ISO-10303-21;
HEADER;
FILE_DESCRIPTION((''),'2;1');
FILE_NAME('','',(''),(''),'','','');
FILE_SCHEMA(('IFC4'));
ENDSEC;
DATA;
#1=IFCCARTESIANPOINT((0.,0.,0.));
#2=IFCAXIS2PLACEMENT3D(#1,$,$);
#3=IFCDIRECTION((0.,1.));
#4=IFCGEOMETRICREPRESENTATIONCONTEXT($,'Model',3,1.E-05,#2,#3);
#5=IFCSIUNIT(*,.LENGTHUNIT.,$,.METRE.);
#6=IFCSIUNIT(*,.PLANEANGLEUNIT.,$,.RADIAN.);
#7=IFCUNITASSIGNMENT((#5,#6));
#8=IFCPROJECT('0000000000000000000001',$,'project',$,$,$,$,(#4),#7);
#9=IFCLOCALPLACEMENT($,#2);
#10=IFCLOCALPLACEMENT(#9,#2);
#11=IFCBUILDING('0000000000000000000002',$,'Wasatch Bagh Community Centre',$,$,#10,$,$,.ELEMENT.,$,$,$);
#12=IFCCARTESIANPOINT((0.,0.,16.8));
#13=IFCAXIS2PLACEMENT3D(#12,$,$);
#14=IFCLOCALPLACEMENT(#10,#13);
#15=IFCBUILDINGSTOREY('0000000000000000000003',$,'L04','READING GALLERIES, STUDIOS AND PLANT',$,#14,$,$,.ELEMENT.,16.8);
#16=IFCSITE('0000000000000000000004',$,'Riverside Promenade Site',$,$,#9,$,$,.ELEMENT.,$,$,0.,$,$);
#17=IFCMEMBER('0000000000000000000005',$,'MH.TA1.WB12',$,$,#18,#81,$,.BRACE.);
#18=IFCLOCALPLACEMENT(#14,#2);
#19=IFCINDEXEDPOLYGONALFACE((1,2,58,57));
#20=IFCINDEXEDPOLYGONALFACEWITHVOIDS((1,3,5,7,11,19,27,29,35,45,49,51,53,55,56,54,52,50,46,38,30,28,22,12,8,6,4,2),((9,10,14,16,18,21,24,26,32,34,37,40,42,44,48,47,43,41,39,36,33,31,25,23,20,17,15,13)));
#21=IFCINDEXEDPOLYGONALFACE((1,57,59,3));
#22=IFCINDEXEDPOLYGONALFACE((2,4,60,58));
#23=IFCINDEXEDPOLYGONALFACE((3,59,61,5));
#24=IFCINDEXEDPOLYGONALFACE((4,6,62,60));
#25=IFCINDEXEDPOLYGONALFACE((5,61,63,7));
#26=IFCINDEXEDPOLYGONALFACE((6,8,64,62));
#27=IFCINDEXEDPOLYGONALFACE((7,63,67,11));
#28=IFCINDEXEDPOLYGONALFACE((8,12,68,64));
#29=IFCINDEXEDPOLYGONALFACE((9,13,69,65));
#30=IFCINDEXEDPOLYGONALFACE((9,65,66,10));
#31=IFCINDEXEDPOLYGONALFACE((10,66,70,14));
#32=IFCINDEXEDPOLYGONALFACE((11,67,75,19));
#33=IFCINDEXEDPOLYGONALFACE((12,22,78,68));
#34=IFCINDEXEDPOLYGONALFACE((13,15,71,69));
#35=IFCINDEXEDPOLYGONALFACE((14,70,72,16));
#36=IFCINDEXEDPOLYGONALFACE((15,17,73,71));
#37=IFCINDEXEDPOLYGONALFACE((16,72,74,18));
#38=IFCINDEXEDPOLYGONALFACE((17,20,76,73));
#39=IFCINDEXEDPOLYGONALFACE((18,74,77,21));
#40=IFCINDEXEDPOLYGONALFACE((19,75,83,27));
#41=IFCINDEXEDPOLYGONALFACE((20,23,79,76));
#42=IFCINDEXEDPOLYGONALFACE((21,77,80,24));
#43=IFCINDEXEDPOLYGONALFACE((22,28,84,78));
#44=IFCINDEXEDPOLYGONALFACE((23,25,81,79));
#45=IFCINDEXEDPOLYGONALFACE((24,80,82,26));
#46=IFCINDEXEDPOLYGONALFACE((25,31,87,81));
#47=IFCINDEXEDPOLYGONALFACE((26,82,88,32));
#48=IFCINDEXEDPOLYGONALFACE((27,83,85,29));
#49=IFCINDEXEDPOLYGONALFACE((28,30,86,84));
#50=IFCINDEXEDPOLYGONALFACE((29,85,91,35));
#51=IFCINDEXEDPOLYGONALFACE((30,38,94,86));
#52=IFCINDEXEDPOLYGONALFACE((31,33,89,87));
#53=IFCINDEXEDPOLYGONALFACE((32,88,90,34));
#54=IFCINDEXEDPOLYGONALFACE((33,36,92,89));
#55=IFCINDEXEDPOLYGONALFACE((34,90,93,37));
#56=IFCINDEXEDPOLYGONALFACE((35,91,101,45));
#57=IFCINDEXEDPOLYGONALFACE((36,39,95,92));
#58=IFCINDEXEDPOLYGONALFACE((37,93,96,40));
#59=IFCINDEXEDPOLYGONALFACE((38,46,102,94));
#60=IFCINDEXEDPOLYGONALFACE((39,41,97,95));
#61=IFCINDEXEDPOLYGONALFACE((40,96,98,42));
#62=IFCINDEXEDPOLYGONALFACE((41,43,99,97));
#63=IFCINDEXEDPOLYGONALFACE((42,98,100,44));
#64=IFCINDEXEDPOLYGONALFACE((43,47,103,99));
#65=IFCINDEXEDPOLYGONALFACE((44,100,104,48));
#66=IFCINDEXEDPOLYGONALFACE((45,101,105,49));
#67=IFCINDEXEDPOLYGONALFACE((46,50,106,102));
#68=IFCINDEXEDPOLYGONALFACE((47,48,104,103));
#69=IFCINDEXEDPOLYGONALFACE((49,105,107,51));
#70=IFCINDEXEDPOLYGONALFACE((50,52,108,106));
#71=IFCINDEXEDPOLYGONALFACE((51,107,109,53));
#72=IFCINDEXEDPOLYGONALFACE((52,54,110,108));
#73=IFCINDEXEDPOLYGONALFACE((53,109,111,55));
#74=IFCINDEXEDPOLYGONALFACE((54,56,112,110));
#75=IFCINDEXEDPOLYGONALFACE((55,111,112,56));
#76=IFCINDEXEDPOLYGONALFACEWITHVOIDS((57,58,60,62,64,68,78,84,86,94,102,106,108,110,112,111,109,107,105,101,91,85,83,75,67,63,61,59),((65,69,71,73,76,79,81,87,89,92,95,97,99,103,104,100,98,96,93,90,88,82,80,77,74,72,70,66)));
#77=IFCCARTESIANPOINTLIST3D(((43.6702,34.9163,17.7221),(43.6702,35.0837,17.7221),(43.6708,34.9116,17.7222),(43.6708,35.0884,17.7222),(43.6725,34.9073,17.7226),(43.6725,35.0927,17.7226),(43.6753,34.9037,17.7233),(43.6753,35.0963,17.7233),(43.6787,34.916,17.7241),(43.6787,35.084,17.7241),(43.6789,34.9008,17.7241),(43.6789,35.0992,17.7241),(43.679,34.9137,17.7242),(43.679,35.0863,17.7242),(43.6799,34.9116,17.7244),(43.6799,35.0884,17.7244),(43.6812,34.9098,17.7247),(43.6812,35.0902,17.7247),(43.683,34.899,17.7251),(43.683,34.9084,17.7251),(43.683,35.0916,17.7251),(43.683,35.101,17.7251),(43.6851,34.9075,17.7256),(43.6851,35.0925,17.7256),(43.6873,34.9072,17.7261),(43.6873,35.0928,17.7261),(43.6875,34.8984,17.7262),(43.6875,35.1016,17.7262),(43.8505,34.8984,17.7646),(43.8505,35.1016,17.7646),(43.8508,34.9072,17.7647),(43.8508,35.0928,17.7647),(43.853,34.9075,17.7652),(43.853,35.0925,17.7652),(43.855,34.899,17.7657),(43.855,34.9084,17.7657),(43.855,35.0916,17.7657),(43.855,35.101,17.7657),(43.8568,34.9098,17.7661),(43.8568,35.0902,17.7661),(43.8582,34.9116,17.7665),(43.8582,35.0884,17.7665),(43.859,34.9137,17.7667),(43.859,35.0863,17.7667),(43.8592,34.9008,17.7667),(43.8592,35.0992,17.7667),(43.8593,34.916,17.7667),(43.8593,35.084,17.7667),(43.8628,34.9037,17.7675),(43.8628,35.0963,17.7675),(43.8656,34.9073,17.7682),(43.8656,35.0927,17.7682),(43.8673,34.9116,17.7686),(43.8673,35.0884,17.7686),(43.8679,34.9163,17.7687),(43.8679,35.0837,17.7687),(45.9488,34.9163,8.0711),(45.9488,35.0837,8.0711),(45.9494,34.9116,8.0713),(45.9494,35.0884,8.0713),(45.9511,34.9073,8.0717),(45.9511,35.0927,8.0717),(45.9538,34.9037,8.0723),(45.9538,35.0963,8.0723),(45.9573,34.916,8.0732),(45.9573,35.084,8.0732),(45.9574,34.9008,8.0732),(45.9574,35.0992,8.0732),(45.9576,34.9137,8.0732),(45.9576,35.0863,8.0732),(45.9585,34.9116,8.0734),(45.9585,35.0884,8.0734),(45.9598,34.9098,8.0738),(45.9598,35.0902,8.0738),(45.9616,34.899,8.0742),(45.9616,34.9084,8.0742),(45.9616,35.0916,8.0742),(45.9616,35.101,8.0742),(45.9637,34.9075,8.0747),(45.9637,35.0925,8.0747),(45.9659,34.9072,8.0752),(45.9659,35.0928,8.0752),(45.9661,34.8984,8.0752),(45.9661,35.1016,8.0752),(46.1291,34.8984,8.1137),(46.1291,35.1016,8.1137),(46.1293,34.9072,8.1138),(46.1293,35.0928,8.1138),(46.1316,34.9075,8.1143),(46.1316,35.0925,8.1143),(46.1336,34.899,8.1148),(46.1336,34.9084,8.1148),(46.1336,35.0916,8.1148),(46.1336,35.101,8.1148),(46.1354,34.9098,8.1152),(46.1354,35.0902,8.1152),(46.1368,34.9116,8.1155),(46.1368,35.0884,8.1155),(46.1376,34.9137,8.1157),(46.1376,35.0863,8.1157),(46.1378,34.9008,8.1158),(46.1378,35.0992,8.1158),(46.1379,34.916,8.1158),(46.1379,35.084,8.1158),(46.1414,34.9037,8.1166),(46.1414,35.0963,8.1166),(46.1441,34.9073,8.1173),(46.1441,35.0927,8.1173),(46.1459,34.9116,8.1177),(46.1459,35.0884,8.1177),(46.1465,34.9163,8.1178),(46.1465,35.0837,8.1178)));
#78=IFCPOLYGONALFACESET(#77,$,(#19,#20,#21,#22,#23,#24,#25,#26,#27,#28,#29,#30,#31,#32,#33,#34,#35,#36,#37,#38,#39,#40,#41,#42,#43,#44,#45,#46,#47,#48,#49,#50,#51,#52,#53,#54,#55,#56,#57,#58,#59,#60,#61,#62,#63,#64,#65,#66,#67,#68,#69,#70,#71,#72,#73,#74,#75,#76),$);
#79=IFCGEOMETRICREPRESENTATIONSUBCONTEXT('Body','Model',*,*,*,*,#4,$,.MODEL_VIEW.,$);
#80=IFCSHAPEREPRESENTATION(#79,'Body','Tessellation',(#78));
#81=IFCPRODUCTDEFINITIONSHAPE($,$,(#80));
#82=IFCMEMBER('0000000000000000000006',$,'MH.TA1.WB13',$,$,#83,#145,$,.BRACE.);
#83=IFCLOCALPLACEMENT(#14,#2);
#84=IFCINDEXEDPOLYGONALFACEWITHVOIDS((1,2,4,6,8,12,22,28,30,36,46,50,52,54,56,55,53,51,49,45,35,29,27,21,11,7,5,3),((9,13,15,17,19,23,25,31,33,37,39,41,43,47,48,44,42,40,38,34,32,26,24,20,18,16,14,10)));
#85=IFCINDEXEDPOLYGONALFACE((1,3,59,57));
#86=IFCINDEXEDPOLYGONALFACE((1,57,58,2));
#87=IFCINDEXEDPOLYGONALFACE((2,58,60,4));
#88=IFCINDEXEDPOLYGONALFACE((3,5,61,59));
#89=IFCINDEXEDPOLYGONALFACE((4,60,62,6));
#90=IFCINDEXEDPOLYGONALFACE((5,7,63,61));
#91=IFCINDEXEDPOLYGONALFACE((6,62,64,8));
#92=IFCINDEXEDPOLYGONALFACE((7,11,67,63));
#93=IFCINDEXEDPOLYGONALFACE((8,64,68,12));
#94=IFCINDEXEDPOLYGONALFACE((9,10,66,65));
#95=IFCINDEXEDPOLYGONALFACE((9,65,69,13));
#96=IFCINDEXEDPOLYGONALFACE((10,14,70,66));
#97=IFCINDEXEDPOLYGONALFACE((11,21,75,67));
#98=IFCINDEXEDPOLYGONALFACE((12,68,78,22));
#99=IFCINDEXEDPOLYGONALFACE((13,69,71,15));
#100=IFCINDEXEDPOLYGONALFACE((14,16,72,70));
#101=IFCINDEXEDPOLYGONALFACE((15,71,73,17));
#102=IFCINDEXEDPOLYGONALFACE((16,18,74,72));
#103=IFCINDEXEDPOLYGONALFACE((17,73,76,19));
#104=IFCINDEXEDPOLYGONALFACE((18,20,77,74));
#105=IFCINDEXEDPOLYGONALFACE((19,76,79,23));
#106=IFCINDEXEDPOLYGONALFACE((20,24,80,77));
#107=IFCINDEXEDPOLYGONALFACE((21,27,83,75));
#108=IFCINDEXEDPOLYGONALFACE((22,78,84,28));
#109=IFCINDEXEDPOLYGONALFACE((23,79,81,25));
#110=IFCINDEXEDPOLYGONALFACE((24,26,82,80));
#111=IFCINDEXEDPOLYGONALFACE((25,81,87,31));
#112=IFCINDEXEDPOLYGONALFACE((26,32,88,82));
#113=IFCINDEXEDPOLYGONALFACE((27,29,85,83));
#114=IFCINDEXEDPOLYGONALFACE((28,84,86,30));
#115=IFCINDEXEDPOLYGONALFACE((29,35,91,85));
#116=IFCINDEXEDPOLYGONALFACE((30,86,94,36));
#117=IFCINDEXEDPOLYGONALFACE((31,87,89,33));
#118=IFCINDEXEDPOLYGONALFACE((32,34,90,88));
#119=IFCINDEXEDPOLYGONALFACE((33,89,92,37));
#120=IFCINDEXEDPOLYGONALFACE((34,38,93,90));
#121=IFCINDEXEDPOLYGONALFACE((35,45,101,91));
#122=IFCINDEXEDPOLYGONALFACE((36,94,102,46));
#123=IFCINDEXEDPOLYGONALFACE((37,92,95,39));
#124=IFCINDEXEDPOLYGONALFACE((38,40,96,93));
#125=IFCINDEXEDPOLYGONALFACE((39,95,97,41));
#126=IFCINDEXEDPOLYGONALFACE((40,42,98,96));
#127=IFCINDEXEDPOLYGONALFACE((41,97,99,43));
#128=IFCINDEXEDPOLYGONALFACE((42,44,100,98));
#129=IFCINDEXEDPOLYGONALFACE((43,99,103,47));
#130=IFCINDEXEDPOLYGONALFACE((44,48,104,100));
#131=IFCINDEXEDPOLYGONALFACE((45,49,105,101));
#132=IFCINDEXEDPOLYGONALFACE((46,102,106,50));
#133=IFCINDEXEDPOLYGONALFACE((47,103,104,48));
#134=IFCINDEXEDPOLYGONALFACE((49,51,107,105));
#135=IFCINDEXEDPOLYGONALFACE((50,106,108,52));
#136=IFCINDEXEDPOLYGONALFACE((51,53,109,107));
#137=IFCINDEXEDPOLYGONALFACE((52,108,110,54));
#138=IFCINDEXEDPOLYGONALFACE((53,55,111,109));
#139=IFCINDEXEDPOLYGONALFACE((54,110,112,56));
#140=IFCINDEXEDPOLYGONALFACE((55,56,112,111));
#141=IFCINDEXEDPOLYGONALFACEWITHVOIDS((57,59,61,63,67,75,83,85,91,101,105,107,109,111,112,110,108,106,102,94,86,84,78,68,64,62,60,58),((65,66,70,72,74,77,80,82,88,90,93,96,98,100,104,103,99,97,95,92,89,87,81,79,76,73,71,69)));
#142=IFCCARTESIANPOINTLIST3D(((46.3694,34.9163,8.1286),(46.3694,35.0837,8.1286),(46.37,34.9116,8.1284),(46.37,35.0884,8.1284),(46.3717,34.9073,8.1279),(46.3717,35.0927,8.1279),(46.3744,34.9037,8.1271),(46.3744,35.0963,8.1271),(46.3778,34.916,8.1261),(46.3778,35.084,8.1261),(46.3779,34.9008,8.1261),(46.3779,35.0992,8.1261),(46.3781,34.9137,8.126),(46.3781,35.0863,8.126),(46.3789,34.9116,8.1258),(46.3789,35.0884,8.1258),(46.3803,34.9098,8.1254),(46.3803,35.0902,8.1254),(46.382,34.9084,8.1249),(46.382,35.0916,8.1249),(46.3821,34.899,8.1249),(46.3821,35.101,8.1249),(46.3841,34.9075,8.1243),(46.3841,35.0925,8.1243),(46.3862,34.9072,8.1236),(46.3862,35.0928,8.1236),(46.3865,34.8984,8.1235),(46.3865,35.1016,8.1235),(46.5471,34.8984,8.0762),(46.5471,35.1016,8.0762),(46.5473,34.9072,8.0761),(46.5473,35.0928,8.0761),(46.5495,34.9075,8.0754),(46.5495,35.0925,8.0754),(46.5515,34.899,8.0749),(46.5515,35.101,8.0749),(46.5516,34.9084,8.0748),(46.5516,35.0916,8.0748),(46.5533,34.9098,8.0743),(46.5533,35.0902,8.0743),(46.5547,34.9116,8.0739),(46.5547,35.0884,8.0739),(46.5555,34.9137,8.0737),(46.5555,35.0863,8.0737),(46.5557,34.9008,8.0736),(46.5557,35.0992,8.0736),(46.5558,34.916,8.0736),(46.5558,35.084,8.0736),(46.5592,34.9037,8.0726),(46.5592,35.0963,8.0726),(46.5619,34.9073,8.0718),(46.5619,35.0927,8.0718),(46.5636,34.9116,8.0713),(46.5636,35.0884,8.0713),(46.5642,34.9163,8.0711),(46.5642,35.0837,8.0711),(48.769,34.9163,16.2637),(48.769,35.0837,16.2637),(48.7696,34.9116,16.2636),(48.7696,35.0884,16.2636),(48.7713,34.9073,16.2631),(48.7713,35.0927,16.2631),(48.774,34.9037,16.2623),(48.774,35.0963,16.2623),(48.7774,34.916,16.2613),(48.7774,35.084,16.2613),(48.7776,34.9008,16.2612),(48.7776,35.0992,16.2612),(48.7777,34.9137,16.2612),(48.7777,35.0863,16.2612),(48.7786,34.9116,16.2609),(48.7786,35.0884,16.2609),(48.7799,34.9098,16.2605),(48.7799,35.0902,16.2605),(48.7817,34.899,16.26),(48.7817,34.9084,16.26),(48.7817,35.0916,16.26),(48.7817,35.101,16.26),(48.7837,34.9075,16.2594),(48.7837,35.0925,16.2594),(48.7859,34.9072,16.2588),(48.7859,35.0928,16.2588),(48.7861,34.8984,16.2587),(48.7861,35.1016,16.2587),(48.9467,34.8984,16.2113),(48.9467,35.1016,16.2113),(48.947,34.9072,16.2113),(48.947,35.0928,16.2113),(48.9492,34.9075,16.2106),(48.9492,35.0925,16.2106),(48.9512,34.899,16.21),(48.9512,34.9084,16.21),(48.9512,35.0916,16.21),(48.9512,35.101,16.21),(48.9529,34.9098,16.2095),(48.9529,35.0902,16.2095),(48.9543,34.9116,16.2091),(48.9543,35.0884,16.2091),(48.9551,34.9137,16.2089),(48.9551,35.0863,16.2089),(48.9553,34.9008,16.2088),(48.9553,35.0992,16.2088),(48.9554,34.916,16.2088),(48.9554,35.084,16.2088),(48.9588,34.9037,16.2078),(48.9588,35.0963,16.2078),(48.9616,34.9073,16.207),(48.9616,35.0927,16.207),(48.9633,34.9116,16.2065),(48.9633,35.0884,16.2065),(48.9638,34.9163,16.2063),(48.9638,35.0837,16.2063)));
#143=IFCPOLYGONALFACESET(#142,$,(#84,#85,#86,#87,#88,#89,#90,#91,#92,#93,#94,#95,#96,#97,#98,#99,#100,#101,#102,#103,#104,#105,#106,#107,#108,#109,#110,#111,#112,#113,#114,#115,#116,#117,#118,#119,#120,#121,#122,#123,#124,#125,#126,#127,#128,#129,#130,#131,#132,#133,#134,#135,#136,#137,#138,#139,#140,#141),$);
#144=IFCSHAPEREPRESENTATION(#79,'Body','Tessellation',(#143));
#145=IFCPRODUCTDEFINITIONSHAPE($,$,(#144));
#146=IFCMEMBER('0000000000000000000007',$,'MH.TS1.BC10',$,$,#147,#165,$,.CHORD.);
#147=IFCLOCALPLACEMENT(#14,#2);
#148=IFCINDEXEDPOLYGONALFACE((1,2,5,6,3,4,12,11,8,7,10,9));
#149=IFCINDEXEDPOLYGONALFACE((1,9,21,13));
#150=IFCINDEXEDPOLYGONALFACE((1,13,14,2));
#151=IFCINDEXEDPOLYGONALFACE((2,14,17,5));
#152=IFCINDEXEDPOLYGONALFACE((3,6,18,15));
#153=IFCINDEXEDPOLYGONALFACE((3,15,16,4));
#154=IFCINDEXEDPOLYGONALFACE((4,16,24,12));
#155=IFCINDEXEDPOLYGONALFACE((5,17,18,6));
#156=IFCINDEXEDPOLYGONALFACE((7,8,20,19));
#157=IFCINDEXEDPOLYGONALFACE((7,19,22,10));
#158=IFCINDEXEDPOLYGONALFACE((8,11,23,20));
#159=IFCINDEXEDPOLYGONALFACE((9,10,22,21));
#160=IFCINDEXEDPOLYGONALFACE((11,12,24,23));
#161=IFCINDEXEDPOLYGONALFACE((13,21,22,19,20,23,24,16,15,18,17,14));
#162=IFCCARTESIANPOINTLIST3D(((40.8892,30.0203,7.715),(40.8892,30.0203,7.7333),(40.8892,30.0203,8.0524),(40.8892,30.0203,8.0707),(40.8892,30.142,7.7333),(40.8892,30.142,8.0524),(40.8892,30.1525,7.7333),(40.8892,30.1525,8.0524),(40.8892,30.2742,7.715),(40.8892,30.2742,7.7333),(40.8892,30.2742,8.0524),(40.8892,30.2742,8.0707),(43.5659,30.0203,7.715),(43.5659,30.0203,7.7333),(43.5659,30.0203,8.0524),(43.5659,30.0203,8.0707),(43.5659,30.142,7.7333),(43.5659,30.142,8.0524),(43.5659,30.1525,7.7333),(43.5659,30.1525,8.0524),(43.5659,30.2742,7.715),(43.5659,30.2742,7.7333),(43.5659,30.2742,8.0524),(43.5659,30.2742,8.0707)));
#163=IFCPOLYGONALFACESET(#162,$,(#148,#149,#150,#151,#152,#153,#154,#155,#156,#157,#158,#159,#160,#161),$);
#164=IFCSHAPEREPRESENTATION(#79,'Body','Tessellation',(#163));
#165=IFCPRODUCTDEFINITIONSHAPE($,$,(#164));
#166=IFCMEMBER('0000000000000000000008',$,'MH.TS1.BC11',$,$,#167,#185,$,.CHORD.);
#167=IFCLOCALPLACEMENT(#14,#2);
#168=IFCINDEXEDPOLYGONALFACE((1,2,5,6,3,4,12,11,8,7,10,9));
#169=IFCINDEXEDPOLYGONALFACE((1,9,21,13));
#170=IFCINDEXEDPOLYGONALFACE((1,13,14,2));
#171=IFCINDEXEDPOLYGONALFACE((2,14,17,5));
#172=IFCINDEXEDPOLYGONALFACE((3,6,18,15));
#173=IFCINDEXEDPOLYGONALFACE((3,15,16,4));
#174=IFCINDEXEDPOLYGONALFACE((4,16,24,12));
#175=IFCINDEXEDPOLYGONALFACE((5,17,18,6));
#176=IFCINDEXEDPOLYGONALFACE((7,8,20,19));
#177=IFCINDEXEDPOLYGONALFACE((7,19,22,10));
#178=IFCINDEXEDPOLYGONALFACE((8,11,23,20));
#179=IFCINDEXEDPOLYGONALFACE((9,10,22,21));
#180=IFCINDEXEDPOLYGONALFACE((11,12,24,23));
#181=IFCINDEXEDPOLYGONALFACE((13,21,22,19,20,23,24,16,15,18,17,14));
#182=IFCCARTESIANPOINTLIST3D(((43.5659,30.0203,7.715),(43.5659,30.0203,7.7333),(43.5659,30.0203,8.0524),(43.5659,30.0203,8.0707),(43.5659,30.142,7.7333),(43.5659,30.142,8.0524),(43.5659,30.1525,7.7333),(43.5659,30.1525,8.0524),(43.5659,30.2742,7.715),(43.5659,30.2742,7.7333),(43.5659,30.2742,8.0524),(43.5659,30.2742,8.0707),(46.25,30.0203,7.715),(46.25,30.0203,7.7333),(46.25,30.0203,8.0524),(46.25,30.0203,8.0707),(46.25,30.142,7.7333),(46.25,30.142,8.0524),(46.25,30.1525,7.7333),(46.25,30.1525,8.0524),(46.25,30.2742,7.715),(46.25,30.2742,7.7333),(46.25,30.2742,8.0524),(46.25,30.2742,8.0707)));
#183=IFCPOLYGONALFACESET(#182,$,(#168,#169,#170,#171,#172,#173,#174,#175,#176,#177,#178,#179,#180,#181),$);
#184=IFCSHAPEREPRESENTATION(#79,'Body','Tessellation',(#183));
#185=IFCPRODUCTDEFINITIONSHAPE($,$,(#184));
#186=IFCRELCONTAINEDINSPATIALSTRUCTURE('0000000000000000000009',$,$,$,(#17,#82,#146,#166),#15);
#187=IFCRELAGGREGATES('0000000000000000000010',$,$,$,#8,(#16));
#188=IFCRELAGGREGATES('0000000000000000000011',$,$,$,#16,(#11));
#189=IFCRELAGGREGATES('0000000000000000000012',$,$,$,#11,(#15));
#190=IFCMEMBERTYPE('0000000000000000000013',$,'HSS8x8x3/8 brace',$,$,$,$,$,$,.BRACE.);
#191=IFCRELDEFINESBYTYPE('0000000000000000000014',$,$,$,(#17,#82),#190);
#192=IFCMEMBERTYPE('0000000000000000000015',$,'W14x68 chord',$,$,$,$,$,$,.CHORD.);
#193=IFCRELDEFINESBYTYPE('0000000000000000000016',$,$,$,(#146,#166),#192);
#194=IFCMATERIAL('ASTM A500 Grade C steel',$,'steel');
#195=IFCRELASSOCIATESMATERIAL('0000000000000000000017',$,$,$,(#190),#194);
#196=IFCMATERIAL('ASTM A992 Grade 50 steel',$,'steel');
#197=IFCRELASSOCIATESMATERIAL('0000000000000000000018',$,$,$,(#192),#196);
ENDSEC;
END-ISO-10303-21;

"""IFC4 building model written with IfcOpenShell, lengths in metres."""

from ifc_helpers import new_model, si_unit, direction, frame, origin, origin_2d, place, context, subcontext, project, spatial, hollow_rectangle, i_section, extrude, material, material_profile, profile_set, type_object, element, save


model = new_model("IFC4")

# Units and contexts
model_context = context("Model", 3, precision=1e-05, world=origin(), true_north=direction((0.0, 1.0)))
body_context = subcontext(model_context, "Body", "Model", "MODEL_VIEW")
ifc_project = project(units=[si_unit("LENGTHUNIT", "METRE"), si_unit("PLANEANGLEUNIT", "RADIAN")], contexts=[model_context])

# Site, building, storey
site_placement = place(None, origin())
site = spatial("IfcSite", under=ifc_project, at=site_placement, Name="Riverside Promenade Site", CompositionType="ELEMENT", RefElevation=0.0)
building_placement = place(site_placement, origin())
building = spatial("IfcBuilding", under=site, at=building_placement, Name="Wasatch Bagh Community Centre", CompositionType="ELEMENT")
storey_placement = place(building_placement, frame((0.0, 0.0, 16.8)))
storey = spatial("IfcBuildingStorey", under=building, at=storey_placement, Name="L04", Description="READING GALLERIES, STUDIOS AND PLANT", CompositionType="ELEMENT", Elevation=16.8)

# Members
ifc_material_1 = material(Name="ASTM A500 Grade C steel", Category="steel")
ifc_material_profile_1 = material_profile(ifc_material_1, hollow_rectangle(XDim=0.2031, YDim=0.2031, WallThickness=0.0088, InnerFilletRadius=0.0088, OuterFilletRadius=0.0178, at=origin_2d()), Name="HSS8x8x3/8")
ifc_profile_set_1 = profile_set([ifc_material_profile_1], Name="ASTM A500 Grade C steel")
member_type_1 = type_object("IfcMemberType", Name="HSS8x8x3/8 brace", PredefinedType="BRACE", material=ifc_profile_set_1)
member_1_placement = place(storey_placement, frame((46.0476, 35.0, 8.0945), z_axis=(-0.229782, 0.0, 0.973242), x_axis=(0.0, -1.0, 0.0)))
element("IfcMember", 1, at=member_1_placement, inside=storey, type_object=member_type_1, Name="MH.TA1.WB12", PredefinedType="BRACE", context=body_context, shape_type="SweptSolid", body=[
    extrude(hollow_rectangle(XDim=0.2031, YDim=0.2031, WallThickness=0.0088, InnerFilletRadius=0.0088, OuterFilletRadius=0.0178, at=origin_2d()), origin(), (0.0, 0.0, 1.0), 9.9163),
])
member_2_placement = place(storey_placement, frame((46.4668, 35.0, 8.0999), z_axis=(0.282919, 0.0, 0.959144), x_axis=(0.0, 1.0, 0.0)))
element("IfcMember", 2, at=member_2_placement, inside=storey, type_object=member_type_1, Name="MH.TA1.WB13", PredefinedType="BRACE", context=body_context, shape_type="SweptSolid", body=[
    extrude(hollow_rectangle(XDim=0.2031, YDim=0.2031, WallThickness=0.0088, InnerFilletRadius=0.0088, OuterFilletRadius=0.0178, at=origin_2d()), origin(), (0.0, 0.0, 1.0), 8.4817),
])
ifc_material_2 = material(Name="ASTM A992 Grade 50 steel", Category="steel")
ifc_material_profile_2 = material_profile(ifc_material_2, i_section(OverallWidth=0.2539, OverallDepth=0.3557, WebThickness=0.0105, FlangeThickness=0.0183, at=origin_2d()), Name="W14x68")
ifc_profile_set_2 = profile_set([ifc_material_profile_2], Name="ASTM A992 Grade 50 steel")
member_type_2 = type_object("IfcMemberType", Name="W14x68 chord", PredefinedType="CHORD", material=ifc_profile_set_2)
member_3_placement = place(storey_placement, frame((40.8892, 30.1472, 7.8928), z_axis=(1.0, 0.0, 0.0), x_axis=(0.0, 1.0, 0.0)))
element("IfcMember", 3, at=member_3_placement, inside=storey, type_object=member_type_2, Name="MH.TS1.BC10", PredefinedType="CHORD", context=body_context, shape_type="SweptSolid", body=[
    extrude(i_section(OverallWidth=0.2539, OverallDepth=0.3557, WebThickness=0.0105, FlangeThickness=0.0183, at=origin_2d()), origin(), (0.0, 0.0, 1.0), 2.6768),
])
member_4_placement = place(storey_placement, frame((43.5659, 30.1472, 7.8928), z_axis=(1.0, 0.0, 0.0), x_axis=(0.0, 1.0, 0.0)))
element("IfcMember", 4, at=member_4_placement, inside=storey, type_object=member_type_2, Name="MH.TS1.BC11", PredefinedType="CHORD", context=body_context, shape_type="SweptSolid", body=[
    extrude(i_section(OverallWidth=0.2539, OverallDepth=0.3557, WebThickness=0.0105, FlangeThickness=0.0183, at=origin_2d()), origin(), (0.0, 0.0, 1.0), 2.6841),
])

save(model, "model.ifc")
